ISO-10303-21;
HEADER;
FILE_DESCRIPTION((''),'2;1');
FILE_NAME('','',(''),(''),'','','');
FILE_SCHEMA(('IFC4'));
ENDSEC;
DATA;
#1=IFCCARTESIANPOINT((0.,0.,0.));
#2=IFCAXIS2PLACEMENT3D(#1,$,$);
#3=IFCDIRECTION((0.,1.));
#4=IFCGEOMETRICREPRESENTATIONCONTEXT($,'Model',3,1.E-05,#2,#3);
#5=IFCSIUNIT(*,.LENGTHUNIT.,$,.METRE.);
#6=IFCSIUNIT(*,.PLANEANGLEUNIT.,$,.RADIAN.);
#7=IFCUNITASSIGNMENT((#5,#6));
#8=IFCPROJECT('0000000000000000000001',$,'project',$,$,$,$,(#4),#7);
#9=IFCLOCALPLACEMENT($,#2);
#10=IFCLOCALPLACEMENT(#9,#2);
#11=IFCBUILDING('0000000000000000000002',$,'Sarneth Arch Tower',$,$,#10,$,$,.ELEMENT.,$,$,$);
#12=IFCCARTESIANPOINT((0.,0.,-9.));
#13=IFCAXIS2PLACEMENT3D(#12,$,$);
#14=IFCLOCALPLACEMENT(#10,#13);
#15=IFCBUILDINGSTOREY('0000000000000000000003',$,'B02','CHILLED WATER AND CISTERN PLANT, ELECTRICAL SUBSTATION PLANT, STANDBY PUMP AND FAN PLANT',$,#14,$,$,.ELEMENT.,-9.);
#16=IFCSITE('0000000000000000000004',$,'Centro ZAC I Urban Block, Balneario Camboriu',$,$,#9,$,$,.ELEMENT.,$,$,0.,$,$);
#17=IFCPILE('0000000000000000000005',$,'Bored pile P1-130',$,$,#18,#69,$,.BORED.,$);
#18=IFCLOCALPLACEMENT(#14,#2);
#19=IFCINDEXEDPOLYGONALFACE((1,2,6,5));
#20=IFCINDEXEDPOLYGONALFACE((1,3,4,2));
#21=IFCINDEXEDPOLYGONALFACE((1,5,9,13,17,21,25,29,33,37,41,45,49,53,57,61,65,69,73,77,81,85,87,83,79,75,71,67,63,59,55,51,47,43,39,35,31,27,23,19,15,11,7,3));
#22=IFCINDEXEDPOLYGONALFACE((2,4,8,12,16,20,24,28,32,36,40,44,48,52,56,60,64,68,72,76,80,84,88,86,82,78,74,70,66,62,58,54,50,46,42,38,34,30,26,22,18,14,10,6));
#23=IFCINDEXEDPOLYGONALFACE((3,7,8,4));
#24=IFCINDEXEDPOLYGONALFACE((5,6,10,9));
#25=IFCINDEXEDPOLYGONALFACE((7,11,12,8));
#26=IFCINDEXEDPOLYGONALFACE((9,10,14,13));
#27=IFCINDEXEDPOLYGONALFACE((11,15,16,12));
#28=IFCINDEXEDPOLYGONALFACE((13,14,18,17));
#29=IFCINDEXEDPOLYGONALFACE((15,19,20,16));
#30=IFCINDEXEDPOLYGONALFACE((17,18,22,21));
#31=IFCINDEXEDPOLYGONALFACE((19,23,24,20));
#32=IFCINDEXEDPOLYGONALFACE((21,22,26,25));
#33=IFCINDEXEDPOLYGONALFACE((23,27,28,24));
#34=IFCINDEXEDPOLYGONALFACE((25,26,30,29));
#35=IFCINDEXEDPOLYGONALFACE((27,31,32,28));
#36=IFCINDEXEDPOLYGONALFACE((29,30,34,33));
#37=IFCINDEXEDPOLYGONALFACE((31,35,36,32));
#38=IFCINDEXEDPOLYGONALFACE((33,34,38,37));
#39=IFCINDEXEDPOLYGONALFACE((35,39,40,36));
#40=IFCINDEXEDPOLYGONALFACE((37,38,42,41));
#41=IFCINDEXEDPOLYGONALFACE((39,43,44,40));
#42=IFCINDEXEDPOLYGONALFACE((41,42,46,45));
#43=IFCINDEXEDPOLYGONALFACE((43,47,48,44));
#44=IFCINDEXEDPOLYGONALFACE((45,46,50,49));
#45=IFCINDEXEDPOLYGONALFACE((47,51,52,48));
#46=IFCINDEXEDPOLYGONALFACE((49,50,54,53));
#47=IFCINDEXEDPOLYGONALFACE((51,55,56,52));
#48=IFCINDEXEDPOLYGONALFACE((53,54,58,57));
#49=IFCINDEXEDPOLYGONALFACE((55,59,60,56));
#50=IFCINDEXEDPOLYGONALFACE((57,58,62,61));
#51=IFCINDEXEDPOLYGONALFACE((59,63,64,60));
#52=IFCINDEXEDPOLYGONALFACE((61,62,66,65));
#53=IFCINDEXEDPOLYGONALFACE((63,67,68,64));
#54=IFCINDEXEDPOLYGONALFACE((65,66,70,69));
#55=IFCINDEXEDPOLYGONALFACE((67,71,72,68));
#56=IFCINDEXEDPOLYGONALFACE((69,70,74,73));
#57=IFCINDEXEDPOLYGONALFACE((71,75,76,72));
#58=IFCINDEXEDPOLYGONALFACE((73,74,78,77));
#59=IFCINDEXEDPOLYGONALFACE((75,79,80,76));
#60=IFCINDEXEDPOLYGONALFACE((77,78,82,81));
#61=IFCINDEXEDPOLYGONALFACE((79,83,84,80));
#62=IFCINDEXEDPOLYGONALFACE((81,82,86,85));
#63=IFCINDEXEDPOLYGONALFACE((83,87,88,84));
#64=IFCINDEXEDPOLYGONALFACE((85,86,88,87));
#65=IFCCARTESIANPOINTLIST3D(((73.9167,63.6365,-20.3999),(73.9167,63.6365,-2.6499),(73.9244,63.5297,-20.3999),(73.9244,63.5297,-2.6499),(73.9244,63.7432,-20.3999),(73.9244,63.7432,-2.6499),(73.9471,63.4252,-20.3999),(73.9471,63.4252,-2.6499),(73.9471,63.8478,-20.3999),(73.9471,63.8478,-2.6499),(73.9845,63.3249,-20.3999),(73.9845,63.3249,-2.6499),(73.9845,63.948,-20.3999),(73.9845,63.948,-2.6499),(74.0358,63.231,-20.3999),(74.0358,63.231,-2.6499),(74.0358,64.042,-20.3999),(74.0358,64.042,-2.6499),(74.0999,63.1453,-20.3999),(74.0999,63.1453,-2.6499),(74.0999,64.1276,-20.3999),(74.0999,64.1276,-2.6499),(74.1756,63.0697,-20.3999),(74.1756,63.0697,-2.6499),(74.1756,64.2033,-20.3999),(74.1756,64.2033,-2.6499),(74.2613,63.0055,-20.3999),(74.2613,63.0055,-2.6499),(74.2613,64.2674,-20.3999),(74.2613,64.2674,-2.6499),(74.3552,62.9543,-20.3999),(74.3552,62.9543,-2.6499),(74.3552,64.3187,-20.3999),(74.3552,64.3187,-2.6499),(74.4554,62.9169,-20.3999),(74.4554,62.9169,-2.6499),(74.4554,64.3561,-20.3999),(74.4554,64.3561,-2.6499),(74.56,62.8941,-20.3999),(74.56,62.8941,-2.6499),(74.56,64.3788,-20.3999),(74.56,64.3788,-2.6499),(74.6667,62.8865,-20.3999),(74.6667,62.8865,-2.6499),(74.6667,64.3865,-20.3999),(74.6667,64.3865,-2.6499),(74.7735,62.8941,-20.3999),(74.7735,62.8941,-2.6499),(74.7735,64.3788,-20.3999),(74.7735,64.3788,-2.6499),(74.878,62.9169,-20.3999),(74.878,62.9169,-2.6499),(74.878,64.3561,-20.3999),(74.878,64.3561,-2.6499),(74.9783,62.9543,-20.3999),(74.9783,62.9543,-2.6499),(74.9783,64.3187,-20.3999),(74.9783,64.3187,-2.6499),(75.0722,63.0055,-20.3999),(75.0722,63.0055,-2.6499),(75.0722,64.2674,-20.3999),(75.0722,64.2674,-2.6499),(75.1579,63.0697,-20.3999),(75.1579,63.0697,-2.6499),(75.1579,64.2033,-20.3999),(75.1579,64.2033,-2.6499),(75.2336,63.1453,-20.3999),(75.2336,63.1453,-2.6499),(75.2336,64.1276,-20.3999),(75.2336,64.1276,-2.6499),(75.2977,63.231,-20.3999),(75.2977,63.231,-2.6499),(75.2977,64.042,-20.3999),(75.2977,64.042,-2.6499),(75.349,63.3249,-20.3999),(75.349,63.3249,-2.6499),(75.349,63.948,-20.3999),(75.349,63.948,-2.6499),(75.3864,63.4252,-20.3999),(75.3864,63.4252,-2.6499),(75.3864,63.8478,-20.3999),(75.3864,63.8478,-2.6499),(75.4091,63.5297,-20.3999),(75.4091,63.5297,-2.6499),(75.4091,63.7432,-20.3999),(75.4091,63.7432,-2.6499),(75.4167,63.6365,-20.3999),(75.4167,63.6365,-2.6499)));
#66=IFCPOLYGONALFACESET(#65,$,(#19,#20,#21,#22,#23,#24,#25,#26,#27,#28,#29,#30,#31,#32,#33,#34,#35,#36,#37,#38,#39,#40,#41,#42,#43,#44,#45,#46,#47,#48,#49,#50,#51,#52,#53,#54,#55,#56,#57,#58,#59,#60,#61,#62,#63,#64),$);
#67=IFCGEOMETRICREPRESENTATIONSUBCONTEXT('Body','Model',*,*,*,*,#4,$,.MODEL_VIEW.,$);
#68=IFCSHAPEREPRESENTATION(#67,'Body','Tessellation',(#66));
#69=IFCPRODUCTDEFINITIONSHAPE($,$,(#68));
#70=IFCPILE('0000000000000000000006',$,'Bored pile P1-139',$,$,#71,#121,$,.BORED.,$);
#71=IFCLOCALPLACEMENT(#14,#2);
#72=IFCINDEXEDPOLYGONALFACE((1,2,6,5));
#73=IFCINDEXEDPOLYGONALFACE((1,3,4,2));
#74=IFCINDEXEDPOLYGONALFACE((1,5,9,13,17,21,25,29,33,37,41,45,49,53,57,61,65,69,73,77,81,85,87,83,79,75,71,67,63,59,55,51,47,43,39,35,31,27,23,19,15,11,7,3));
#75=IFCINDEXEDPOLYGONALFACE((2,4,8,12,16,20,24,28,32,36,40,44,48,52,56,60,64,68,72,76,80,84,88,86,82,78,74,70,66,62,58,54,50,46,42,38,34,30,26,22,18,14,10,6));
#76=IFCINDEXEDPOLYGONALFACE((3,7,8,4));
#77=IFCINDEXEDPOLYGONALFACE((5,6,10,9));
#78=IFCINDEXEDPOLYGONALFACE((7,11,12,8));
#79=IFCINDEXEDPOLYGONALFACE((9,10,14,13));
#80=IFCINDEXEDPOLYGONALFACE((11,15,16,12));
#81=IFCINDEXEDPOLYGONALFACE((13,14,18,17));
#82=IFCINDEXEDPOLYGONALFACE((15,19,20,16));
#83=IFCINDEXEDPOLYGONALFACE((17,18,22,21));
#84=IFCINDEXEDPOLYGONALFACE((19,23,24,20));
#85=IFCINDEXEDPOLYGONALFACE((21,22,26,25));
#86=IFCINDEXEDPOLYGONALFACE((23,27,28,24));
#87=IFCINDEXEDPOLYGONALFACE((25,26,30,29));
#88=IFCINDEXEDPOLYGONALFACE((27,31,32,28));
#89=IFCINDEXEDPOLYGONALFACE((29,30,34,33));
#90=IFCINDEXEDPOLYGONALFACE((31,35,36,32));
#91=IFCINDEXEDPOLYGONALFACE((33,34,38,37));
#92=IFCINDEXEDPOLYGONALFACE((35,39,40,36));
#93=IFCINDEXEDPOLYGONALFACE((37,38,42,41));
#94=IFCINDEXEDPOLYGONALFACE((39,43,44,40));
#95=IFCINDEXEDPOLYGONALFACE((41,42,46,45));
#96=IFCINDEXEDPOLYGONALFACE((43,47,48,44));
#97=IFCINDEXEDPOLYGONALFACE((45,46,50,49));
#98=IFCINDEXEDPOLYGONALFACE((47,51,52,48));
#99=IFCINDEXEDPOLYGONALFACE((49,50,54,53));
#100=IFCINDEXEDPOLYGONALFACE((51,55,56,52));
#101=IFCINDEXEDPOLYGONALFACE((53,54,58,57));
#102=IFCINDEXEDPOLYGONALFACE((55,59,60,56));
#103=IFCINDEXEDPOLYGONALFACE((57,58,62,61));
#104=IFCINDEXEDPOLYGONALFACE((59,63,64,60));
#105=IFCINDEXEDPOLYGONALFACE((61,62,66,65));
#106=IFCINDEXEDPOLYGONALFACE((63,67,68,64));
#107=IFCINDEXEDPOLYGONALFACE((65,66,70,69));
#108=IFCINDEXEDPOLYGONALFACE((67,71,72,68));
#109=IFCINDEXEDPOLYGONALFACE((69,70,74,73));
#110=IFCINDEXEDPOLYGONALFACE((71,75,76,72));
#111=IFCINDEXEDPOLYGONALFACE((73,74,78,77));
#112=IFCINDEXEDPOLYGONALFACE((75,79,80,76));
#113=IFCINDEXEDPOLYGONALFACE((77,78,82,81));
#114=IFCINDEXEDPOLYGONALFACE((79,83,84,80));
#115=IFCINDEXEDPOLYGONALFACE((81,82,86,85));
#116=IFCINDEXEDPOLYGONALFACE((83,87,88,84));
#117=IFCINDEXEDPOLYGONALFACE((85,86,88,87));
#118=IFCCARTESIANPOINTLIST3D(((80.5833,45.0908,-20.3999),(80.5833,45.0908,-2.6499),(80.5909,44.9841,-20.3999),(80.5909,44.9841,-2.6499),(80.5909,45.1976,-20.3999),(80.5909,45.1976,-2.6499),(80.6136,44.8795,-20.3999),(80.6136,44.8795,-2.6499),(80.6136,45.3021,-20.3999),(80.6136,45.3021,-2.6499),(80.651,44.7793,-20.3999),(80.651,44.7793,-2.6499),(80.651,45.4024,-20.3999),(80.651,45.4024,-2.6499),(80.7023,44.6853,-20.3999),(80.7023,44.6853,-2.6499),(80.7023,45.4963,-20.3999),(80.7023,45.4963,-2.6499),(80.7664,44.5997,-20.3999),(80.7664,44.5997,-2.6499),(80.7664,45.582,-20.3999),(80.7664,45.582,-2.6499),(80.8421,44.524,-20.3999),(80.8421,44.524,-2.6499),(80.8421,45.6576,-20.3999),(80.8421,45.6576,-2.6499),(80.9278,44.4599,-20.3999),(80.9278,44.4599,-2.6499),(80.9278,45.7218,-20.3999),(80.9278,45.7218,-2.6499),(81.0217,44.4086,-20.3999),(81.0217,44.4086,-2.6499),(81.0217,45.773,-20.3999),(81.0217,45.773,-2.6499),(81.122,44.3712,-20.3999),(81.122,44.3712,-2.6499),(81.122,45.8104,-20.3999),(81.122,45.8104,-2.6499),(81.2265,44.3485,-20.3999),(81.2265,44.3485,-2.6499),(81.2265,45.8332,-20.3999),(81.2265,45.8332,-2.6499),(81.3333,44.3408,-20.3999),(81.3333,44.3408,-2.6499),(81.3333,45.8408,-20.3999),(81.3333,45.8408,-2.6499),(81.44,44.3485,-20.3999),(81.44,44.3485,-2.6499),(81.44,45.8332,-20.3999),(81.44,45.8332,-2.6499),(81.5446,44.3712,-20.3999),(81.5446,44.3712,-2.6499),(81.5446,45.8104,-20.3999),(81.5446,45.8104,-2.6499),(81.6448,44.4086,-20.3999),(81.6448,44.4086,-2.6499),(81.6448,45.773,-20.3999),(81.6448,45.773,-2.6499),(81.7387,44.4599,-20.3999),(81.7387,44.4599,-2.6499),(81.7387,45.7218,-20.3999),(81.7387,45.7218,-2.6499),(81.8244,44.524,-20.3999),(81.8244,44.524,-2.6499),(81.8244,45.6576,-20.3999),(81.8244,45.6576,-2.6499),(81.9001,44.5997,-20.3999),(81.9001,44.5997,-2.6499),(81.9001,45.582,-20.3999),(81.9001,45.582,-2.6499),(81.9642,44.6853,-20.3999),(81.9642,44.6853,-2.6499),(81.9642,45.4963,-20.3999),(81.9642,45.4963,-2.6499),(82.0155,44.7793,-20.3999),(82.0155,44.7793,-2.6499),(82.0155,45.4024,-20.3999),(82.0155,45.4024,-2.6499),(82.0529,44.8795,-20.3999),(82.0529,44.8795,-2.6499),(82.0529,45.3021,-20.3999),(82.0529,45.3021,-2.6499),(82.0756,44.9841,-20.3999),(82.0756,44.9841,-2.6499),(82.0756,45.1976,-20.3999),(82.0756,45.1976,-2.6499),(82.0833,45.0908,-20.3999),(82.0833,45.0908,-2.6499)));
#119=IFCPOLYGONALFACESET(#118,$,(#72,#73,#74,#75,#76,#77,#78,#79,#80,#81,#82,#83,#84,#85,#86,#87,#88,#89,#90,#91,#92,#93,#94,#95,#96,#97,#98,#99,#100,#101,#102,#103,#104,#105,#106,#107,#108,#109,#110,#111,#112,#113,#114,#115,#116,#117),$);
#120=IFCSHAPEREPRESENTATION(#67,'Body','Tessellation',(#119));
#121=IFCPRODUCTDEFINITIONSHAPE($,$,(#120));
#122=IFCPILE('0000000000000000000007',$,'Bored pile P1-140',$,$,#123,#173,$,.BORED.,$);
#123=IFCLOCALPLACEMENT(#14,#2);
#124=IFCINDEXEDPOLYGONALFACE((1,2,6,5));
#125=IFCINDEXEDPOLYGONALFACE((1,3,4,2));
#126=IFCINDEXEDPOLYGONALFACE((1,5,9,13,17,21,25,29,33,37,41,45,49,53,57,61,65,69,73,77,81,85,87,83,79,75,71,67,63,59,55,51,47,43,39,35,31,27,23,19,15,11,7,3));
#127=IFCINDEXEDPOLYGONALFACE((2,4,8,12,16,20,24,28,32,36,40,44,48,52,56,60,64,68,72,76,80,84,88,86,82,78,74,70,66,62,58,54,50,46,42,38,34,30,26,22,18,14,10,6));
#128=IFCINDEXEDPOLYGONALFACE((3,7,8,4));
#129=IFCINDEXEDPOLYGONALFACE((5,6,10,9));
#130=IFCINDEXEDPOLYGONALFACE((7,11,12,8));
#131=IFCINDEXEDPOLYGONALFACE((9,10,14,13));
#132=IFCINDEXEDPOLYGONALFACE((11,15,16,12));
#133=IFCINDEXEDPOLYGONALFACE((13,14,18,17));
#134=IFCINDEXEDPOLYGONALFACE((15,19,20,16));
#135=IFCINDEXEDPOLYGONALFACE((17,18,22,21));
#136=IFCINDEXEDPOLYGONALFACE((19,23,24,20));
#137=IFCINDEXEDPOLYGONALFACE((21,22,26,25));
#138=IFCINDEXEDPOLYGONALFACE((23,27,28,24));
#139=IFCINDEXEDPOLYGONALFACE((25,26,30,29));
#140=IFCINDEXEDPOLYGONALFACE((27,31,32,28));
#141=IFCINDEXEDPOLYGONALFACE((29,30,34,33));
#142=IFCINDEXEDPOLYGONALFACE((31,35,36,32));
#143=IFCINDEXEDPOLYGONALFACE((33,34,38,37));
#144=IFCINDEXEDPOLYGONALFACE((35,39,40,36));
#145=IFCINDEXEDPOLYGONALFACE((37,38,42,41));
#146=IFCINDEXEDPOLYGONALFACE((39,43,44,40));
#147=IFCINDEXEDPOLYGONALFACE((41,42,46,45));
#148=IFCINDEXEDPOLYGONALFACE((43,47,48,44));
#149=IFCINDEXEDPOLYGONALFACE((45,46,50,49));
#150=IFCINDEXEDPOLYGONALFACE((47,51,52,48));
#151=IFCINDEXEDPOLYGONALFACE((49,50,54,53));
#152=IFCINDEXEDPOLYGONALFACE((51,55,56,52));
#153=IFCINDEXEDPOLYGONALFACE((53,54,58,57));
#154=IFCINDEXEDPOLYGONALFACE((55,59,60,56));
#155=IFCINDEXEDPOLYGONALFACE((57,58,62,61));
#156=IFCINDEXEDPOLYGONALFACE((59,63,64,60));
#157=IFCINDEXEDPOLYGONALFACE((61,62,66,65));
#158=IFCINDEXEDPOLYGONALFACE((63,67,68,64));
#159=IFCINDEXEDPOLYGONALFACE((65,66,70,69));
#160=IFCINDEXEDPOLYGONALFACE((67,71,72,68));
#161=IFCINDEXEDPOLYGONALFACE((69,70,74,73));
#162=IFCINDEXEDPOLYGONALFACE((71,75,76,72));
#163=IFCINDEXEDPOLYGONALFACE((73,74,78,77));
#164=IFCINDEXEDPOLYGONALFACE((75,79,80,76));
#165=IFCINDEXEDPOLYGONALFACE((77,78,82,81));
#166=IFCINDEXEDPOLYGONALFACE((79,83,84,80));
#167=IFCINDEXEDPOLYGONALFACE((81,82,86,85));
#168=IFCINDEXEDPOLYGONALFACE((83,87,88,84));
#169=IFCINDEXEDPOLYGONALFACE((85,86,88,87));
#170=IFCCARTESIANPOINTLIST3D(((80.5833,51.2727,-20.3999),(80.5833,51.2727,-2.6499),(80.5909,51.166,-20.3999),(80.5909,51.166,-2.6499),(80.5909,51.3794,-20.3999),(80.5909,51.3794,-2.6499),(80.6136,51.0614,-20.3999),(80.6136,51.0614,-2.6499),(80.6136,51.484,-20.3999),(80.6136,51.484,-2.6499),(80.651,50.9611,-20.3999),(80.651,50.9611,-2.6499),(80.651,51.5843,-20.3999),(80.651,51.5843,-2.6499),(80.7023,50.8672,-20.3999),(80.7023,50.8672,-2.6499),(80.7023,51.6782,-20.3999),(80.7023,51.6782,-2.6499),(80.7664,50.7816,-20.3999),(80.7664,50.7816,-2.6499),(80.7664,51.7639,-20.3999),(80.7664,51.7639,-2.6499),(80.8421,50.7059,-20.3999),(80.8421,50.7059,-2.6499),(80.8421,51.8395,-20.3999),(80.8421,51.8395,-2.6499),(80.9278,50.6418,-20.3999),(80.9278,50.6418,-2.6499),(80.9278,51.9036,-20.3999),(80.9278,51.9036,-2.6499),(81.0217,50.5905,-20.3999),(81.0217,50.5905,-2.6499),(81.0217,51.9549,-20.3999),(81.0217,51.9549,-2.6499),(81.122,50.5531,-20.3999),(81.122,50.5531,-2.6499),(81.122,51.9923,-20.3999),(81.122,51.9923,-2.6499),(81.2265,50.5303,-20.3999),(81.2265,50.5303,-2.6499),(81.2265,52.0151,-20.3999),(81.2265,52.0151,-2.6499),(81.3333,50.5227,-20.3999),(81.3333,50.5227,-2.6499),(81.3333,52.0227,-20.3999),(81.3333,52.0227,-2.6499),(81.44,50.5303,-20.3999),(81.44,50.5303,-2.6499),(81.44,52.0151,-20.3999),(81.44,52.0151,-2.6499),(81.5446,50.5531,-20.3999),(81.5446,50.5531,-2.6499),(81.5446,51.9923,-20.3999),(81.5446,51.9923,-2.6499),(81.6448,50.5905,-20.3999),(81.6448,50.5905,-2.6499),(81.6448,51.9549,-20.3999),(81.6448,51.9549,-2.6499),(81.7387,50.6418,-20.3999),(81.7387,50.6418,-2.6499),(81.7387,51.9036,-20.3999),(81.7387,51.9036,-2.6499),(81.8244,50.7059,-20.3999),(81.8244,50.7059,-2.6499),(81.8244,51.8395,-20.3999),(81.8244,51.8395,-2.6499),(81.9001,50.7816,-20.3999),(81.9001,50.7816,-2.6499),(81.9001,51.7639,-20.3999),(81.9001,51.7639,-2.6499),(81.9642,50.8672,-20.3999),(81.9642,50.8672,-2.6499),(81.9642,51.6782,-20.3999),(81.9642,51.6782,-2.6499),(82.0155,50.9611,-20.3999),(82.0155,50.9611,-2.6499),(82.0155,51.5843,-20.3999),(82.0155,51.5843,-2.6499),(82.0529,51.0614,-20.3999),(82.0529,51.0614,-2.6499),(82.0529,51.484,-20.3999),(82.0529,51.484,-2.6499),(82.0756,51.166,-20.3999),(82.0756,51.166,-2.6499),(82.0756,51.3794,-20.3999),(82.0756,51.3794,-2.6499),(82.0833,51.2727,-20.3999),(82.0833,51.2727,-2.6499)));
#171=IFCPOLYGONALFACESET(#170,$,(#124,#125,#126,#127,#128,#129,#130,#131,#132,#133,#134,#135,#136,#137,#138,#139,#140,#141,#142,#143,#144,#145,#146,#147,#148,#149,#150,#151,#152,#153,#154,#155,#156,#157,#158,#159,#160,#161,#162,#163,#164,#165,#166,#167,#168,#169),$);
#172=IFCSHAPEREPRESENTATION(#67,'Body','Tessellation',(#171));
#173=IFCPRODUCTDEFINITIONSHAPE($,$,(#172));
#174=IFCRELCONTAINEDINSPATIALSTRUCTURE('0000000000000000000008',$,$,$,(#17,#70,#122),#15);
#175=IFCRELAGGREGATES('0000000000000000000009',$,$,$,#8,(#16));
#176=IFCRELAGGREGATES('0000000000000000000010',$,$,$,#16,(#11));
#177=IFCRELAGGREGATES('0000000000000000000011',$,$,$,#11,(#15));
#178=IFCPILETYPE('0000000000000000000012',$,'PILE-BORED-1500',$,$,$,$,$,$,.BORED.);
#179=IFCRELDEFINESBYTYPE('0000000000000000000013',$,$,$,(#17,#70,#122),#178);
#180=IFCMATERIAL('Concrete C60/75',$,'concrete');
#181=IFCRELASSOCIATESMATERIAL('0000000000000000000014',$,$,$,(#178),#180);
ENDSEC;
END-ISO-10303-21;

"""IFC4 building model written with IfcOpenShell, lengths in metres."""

from ifc_helpers import new_model, si_unit, direction, frame, origin, origin_2d, place, context, subcontext, project, spatial, circle, extrude, material, material_profile, profile_set, type_object, element, save


model = new_model("IFC4")

# Units and contexts
model_context = context("Model", 3, precision=1e-05, world=origin(), true_north=direction((0.0, 1.0)))
body_context = subcontext(model_context, "Body", "Model", "MODEL_VIEW")
ifc_project = project(units=[si_unit("LENGTHUNIT", "METRE"), si_unit("PLANEANGLEUNIT", "RADIAN")], contexts=[model_context])

# Site, building, storey
site_placement = place(None, origin())
site = spatial("IfcSite", under=ifc_project, at=site_placement, Name="Centro ZAC I Urban Block, Balneario Camboriu", CompositionType="ELEMENT", RefElevation=0.0)
building_placement = place(site_placement, origin())
building = spatial("IfcBuilding", under=site, at=building_placement, Name="Sarneth Arch Tower", CompositionType="ELEMENT")
storey_placement = place(building_placement, frame((0.0, 0.0, -9.0)))
storey = spatial("IfcBuildingStorey", under=building, at=storey_placement, Name="B02", Description="CHILLED WATER AND CISTERN PLANT, ELECTRICAL SUBSTATION PLANT, STANDBY PUMP AND FAN PLANT", CompositionType="ELEMENT", Elevation=-9.0)

# Piles
ifc_material_1 = material(Name="Concrete C60/75", Category="concrete")
ifc_material_profile_1 = material_profile(ifc_material_1, circle(Radius=0.75, at=origin_2d()), Name="PILE-D1500")
ifc_profile_set_1 = profile_set([ifc_material_profile_1], Name="Concrete C60/75")
pile_type_1 = type_object("IfcPileType", Name="PILE-BORED-1500", PredefinedType="BORED", material=ifc_profile_set_1)
for number, where, z_axis, x_axis, name in (
    (1, (74.6667, 63.6365, -2.6499), (0.0, 0.0, -1.0), (1.0, 0.0, 0.0), "Bored pile P1-130"),
    (2, (81.3333, 45.0908, -2.6499), (0.0, 0.0, -1.0), (1.0, 0.0, 0.0), "Bored pile P1-139"),
    (3, (81.3333, 51.2727, -2.6499), (0.0, 0.0, -1.0), (1.0, 0.0, 0.0), "Bored pile P1-140"),
):
    element("IfcPile", number, at=place(storey_placement, frame(where, z_axis=z_axis, x_axis=x_axis)), inside=storey, type_object=pile_type_1, Name=name, PredefinedType="BORED", context=body_context, shape_type="SweptSolid", body=[
        extrude(circle(Radius=0.75, at=origin_2d()), origin(), (0.0, 0.0, 1.0), 17.75),
    ])

save(model, "model.ifc")
